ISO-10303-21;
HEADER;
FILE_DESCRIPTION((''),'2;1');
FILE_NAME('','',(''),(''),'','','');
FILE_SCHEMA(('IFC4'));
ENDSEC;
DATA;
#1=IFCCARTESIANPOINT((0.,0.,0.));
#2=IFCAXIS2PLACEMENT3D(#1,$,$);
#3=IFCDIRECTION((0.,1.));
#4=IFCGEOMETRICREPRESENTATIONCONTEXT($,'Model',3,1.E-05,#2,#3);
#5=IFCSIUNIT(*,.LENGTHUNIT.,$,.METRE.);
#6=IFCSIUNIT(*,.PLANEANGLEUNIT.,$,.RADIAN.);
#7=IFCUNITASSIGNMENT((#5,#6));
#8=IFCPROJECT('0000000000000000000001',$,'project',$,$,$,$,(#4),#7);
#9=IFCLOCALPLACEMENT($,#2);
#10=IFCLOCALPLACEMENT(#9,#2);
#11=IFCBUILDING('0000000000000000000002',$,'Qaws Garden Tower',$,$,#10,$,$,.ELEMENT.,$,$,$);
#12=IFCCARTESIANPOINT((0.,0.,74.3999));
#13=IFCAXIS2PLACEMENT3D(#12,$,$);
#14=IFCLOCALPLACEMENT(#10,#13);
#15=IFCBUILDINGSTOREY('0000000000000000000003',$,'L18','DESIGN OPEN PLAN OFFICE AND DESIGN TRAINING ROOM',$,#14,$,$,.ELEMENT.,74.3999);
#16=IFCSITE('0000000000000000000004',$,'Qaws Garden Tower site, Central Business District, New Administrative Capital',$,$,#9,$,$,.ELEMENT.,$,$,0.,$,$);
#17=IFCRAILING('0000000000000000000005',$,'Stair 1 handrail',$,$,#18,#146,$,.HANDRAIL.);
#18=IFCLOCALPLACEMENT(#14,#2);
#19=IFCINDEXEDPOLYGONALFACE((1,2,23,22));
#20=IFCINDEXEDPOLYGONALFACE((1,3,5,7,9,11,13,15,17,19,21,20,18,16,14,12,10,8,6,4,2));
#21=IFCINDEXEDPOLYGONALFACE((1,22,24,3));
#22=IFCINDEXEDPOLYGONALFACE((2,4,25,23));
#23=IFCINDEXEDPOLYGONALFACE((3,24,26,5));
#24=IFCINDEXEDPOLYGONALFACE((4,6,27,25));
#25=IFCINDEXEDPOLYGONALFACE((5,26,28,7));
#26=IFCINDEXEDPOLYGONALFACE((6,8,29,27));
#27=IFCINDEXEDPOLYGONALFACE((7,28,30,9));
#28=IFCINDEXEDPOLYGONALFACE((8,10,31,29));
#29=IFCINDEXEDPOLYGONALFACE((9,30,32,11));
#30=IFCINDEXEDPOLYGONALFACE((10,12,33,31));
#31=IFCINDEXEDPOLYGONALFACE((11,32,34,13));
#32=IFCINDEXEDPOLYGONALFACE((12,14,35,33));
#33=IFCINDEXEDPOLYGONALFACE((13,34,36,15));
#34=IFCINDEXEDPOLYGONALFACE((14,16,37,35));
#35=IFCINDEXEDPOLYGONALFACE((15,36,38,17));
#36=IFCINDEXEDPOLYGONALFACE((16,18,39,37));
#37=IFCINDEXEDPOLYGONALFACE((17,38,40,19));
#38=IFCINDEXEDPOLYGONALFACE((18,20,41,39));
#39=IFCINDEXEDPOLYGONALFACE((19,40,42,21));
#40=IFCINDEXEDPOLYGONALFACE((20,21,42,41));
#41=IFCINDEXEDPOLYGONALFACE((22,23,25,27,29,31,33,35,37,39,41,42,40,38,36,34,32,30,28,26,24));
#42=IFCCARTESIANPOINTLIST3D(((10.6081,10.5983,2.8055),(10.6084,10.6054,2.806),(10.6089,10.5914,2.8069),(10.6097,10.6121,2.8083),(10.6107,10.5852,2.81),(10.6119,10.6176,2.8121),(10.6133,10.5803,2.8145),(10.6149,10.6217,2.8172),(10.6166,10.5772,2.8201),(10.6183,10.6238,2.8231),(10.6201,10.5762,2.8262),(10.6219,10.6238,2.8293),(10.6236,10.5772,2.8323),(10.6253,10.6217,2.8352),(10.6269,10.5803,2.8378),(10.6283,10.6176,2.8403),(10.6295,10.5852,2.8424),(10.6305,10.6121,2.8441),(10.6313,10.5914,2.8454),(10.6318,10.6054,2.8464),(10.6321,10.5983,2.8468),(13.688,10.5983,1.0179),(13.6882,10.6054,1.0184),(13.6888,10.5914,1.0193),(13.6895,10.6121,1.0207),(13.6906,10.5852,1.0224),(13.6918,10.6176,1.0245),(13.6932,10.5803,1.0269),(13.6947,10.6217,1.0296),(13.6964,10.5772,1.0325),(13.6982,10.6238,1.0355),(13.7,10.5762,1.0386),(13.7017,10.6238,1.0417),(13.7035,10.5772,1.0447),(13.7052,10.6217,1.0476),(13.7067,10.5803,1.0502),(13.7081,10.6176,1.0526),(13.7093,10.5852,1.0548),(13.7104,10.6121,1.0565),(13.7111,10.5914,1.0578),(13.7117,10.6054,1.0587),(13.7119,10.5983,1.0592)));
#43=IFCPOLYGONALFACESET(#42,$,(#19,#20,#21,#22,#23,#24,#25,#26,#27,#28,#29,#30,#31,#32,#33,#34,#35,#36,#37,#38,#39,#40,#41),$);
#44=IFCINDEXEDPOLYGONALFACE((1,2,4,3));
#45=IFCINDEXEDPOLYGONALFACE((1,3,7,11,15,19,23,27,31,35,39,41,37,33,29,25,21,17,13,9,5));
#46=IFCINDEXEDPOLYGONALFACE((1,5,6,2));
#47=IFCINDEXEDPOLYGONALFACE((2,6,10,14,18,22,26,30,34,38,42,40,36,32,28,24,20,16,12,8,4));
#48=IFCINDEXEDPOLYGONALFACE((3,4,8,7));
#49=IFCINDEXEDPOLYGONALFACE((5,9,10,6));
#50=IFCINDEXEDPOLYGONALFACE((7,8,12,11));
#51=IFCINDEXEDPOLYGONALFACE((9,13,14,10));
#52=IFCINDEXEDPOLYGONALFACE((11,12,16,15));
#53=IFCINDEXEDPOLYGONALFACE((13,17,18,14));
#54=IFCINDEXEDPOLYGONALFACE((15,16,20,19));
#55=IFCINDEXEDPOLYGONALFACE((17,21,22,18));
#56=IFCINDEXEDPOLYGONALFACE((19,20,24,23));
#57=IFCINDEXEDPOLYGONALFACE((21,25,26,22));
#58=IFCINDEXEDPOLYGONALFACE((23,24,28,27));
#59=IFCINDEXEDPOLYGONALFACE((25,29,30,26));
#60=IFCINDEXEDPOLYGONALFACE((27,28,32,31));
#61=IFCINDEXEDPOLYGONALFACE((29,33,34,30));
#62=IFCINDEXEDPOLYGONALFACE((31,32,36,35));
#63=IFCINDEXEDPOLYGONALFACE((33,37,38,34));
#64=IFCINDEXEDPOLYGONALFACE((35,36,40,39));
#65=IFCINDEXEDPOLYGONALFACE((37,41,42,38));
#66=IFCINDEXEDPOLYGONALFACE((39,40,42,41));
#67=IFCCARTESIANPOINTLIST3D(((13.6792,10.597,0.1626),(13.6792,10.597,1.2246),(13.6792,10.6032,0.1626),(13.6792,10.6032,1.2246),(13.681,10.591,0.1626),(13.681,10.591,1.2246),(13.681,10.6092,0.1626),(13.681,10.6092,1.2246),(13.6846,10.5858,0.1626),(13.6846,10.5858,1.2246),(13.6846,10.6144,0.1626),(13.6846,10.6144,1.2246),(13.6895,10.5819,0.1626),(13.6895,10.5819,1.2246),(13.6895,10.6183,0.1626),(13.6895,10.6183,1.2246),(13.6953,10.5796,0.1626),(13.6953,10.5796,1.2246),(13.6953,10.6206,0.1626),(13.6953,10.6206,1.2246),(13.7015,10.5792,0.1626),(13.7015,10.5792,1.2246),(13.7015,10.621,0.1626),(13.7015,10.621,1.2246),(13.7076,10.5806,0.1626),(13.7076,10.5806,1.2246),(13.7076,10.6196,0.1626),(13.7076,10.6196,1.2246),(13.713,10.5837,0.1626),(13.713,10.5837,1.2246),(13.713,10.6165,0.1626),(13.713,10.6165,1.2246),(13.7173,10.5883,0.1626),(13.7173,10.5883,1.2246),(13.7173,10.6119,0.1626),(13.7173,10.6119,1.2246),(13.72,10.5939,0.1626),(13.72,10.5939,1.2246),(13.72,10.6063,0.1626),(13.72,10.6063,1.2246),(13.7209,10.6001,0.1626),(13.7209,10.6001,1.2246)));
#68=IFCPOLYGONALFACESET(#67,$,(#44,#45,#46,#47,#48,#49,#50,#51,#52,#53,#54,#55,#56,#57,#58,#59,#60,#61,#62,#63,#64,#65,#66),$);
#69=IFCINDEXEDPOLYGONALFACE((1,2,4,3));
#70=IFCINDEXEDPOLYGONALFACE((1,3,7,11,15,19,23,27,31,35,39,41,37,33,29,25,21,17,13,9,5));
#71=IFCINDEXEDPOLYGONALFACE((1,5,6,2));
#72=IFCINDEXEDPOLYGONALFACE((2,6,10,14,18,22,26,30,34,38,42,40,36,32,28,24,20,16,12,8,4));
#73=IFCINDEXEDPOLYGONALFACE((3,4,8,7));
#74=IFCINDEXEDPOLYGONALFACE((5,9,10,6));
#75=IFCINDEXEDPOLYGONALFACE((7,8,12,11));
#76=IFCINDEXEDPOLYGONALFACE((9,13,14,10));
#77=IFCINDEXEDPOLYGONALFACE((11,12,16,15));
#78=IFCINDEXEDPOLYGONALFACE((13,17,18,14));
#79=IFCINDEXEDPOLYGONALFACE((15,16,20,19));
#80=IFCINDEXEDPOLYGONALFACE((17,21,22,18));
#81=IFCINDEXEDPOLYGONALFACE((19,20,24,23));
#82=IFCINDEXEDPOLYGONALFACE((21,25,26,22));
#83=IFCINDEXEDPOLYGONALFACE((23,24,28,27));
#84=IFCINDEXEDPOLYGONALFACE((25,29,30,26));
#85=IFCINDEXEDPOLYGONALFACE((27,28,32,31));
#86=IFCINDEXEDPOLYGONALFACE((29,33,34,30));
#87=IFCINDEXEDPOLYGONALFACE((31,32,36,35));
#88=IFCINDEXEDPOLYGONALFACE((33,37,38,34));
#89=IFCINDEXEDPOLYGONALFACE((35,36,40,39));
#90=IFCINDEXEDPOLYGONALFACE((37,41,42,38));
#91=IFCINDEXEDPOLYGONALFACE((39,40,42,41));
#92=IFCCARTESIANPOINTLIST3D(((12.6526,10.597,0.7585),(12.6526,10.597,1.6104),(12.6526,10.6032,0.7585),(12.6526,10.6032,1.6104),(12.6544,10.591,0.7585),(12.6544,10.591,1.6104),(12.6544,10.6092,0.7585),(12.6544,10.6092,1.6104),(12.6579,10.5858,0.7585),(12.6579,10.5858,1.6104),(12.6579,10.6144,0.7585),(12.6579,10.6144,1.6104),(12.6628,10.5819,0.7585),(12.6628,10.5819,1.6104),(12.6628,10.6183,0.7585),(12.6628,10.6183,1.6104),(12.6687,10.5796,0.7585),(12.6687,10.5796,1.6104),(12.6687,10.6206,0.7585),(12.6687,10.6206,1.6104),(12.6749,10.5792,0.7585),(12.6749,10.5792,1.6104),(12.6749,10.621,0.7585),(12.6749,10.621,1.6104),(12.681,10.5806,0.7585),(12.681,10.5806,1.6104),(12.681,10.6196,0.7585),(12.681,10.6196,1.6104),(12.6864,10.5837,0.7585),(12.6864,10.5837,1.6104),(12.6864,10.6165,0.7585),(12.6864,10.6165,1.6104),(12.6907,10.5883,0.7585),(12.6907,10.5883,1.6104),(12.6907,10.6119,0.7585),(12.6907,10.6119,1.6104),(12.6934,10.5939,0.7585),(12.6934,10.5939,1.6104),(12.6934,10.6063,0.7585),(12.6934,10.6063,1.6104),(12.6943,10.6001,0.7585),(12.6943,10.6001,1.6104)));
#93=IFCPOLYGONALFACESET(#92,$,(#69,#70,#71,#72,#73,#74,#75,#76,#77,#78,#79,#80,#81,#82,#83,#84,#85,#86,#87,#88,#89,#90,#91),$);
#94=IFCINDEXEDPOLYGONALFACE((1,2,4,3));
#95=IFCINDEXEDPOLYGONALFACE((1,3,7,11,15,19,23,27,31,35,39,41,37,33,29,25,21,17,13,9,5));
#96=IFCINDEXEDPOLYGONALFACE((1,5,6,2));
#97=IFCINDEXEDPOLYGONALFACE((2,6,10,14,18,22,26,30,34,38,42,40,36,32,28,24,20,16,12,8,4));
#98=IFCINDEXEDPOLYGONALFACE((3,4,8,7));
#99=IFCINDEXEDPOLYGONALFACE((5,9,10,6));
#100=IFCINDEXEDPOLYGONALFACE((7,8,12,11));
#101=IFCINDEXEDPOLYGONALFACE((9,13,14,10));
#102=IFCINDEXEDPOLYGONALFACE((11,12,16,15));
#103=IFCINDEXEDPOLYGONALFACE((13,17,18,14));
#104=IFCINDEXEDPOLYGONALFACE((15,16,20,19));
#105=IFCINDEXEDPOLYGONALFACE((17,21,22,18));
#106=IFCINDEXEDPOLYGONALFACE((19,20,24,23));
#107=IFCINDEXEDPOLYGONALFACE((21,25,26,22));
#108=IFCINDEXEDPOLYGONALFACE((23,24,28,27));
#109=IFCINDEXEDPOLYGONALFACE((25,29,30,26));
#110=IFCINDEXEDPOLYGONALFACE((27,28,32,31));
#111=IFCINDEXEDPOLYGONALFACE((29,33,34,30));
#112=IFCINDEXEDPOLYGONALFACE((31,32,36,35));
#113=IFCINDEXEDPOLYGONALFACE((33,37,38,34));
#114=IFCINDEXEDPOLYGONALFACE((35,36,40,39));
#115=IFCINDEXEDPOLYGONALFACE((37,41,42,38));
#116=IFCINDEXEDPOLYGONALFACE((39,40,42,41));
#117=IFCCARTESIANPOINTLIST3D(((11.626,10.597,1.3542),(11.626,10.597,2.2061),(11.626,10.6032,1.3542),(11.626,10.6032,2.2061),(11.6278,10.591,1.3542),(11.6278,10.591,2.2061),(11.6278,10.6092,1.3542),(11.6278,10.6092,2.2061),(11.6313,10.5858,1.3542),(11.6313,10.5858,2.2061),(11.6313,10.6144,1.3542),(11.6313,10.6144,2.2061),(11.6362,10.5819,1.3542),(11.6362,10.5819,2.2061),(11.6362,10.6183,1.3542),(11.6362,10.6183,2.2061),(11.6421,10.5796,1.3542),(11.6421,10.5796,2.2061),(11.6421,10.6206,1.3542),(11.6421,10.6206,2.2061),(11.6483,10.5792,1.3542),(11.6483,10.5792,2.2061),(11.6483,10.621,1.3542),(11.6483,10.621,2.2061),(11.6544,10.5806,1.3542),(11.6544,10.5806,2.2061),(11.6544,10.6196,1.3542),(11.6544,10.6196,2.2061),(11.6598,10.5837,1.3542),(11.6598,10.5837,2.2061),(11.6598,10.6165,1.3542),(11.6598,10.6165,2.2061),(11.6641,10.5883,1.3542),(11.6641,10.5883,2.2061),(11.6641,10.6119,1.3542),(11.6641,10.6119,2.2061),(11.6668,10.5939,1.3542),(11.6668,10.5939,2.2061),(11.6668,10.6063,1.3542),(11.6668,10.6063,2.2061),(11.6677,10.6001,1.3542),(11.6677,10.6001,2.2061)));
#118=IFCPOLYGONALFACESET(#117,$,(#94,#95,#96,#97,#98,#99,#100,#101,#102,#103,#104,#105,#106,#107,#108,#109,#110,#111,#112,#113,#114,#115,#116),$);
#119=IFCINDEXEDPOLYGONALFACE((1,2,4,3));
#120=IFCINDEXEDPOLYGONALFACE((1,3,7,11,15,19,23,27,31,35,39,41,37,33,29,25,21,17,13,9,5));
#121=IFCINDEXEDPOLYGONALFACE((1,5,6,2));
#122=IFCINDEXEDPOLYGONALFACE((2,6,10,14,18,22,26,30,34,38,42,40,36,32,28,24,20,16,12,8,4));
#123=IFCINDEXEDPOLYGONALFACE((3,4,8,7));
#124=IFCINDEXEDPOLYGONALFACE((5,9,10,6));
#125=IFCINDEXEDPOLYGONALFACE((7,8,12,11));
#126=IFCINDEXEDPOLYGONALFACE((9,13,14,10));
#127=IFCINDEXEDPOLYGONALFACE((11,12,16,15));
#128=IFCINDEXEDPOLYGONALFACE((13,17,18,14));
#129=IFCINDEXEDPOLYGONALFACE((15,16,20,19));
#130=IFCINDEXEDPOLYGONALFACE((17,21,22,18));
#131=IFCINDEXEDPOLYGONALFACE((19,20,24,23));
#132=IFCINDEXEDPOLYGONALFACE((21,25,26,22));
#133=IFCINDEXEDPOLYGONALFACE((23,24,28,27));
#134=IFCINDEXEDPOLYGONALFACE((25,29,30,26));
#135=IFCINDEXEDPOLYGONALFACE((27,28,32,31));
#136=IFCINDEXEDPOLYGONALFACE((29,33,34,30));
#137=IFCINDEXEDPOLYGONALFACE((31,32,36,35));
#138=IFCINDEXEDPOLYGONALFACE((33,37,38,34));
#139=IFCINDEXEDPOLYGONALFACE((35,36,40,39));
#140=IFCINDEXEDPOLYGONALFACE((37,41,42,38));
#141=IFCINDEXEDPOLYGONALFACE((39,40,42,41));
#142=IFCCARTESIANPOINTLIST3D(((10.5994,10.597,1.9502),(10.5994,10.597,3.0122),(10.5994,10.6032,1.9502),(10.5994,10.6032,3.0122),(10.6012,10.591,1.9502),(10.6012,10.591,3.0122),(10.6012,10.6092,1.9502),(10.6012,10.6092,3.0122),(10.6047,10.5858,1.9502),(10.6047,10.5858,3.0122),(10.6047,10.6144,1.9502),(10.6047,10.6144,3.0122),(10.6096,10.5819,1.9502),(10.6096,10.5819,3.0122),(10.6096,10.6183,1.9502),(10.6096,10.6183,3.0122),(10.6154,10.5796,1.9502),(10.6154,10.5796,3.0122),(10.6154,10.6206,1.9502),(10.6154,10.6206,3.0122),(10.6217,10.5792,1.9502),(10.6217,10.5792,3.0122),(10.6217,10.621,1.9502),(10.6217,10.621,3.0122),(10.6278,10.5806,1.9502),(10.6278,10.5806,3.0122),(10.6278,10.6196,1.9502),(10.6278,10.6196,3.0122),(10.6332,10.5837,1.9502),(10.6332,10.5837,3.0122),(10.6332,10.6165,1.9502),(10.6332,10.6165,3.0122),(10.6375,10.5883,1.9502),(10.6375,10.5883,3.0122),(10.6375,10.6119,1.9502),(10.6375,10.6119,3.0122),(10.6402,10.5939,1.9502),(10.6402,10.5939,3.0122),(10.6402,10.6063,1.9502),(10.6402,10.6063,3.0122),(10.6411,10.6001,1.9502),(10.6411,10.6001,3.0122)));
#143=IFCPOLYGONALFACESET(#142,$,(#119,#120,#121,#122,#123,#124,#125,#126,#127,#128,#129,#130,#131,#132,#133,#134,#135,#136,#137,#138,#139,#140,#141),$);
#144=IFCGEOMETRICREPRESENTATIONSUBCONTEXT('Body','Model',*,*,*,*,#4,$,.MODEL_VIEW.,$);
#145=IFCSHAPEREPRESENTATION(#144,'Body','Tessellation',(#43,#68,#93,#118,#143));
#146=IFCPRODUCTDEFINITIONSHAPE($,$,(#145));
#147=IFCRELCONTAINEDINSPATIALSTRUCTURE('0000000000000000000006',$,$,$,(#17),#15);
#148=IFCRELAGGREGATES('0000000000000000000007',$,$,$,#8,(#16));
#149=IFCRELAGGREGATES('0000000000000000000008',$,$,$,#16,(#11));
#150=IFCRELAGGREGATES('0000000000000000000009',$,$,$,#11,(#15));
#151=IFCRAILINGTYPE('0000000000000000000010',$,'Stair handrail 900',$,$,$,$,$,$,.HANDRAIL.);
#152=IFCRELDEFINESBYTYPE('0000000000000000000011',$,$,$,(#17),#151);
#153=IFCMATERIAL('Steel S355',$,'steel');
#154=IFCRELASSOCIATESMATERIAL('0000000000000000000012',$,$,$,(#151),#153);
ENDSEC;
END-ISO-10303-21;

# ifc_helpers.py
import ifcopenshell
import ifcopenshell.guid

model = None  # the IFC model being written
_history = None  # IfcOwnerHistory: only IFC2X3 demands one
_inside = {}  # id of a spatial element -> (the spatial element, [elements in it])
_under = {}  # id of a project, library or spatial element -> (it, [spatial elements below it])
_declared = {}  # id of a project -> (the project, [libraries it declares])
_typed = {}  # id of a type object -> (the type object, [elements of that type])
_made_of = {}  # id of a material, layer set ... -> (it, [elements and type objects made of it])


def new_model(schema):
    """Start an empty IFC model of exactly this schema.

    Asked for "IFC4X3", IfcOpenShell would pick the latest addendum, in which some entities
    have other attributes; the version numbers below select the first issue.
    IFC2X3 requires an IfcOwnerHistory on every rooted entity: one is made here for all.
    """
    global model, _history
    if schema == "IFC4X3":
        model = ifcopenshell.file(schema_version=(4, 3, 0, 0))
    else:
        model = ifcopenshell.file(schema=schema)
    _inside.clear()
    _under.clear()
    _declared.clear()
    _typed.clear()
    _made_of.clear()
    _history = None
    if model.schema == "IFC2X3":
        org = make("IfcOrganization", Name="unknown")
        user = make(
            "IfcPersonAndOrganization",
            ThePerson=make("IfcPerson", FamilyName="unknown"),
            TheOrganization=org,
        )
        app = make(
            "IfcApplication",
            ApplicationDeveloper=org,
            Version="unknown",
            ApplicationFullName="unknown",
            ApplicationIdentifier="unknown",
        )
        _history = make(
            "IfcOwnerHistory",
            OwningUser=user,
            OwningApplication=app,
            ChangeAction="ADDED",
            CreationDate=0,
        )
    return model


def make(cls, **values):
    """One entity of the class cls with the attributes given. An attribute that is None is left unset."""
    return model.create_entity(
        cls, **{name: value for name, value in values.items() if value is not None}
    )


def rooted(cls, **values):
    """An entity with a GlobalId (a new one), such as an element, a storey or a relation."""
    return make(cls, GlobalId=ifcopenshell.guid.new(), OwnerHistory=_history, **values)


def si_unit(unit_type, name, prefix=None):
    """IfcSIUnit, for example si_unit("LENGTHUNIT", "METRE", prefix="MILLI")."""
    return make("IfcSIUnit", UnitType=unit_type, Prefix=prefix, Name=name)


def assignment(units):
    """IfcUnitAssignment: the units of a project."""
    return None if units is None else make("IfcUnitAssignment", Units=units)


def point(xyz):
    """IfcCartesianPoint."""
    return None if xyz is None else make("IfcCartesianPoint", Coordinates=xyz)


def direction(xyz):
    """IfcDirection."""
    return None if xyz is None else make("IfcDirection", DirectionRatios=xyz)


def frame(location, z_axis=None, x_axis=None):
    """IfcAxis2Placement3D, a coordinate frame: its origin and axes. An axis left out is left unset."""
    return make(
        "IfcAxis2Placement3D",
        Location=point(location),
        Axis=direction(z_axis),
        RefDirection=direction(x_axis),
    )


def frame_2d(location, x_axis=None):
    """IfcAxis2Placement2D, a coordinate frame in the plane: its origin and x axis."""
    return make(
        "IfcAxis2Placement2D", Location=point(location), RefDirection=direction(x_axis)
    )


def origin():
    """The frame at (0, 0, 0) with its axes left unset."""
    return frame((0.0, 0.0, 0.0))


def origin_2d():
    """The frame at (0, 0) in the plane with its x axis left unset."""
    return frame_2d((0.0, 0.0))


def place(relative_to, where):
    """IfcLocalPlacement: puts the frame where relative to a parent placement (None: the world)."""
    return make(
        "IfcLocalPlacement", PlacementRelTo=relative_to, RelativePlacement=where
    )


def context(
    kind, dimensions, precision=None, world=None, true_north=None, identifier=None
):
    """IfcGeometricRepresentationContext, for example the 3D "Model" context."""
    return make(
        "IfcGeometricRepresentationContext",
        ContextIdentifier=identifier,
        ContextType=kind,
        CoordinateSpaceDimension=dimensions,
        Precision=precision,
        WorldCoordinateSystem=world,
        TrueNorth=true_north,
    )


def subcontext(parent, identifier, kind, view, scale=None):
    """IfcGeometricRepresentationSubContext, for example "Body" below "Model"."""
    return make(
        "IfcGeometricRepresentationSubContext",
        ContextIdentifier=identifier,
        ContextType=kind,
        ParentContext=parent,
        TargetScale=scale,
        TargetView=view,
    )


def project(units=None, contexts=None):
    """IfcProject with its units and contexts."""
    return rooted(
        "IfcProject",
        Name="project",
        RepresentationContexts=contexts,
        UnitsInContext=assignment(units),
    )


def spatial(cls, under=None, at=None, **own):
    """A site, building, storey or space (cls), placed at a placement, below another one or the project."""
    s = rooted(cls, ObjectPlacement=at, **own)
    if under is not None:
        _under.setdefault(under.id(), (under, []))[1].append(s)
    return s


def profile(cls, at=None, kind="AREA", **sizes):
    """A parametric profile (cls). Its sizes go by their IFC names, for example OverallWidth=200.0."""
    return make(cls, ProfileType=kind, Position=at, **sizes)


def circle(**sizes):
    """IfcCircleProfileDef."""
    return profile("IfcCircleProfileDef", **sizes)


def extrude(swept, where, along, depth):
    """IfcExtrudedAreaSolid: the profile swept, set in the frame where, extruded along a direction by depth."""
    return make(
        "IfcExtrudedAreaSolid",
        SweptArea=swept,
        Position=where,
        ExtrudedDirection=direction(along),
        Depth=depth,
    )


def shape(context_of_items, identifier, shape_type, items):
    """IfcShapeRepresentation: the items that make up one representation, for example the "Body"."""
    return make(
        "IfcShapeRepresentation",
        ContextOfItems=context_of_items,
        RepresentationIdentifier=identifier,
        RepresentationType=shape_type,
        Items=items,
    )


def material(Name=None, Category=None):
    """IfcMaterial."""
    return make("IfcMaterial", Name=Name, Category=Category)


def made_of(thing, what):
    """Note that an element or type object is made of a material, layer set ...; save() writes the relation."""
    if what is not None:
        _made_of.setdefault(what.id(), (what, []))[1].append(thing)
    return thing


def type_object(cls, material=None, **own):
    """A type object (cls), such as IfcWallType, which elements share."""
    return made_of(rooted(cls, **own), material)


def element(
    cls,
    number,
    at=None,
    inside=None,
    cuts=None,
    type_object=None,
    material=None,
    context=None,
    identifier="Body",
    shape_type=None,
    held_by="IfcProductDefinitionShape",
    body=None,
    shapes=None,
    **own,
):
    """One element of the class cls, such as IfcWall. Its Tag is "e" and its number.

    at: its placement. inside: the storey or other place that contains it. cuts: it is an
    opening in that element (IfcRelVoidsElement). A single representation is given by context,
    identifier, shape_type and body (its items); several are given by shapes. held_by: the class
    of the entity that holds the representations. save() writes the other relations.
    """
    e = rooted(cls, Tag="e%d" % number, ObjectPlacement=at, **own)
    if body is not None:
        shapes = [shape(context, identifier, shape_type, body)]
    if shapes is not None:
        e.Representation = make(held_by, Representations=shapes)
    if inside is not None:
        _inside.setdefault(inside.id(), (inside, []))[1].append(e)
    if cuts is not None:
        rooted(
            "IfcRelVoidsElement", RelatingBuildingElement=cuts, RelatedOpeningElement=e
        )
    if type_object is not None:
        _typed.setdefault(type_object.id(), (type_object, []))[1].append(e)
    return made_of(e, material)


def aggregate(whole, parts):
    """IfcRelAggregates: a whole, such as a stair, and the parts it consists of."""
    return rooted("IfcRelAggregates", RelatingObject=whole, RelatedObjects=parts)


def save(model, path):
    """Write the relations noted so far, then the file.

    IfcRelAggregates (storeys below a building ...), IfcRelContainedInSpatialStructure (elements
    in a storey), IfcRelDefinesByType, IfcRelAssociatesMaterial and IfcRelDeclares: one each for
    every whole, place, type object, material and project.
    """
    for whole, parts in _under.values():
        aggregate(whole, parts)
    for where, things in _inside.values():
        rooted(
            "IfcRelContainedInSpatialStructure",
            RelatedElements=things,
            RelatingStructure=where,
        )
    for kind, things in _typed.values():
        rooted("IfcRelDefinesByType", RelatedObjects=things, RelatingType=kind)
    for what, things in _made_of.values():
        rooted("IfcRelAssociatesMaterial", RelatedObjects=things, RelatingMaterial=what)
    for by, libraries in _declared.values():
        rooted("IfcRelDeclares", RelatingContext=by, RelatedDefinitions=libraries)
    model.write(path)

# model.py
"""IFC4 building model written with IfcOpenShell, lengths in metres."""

from ifc_helpers import new_model, si_unit, direction, frame, origin, origin_2d, place, context, subcontext, project, spatial, circle, extrude, material, type_object, element, save


model = new_model("IFC4")

# Units and contexts
model_context = context("Model", 3, precision=1e-05, world=origin(), true_north=direction((0.0, 1.0)))
body_context = subcontext(model_context, "Body", "Model", "MODEL_VIEW")
ifc_project = project(units=[si_unit("LENGTHUNIT", "METRE"), si_unit("PLANEANGLEUNIT", "RADIAN")], contexts=[model_context])

# Site, building, storey
site_placement = place(None, origin())
site = spatial("IfcSite", under=ifc_project, at=site_placement, Name="Qaws Garden Tower site, Central Business District, New Administrative Capital", CompositionType="ELEMENT", RefElevation=0.0)
building_placement = place(site_placement, origin())
building = spatial("IfcBuilding", under=site, at=building_placement, Name="Qaws Garden Tower", CompositionType="ELEMENT")
storey_placement = place(building_placement, frame((0.0, 0.0, 74.3999)))
storey = spatial("IfcBuildingStorey", under=building, at=storey_placement, Name="L18", Description="DESIGN OPEN PLAN OFFICE AND DESIGN TRAINING ROOM", CompositionType="ELEMENT", Elevation=74.3999)

# Railing
ifc_material_1 = material(Name="Steel S355", Category="steel")
railing_type = type_object("IfcRailingType", Name="Stair handrail 900", PredefinedType="HANDRAIL", material=ifc_material_1)
railing_1_placement = place(storey_placement, frame((13.7, 10.6001, 0.1626)))
element("IfcRailing", 1, at=railing_1_placement, inside=storey, type_object=railing_type, Name="Stair 1 handrail", PredefinedType="HANDRAIL", context=body_context, shape_type="SweptSolid", body=[
    extrude(circle(Radius=0.0239, at=origin_2d()), frame((0.0, 0.0, 0.876), z_axis=(-0.864873, 0.0, 0.50199), x_axis=(0.0, -1.0, 0.0)), (0.0, 0.0, 1.0), 3.561),
    extrude(circle(Radius=0.021, at=origin_2d()), origin(), (0.0, 0.0, 1.0), 1.062),
    extrude(circle(Radius=0.021, at=origin_2d()), frame((-1.0266, 0.0, 0.5959)), (0.0, 0.0, 1.0), 0.8518),
    extrude(circle(Radius=0.021, at=origin_2d()), frame((-2.0532, 0.0, 1.1917)), (0.0, 0.0, 1.0), 0.8518),
    extrude(circle(Radius=0.021, at=origin_2d()), frame((-3.0798, 0.0, 1.7876)), (0.0, 0.0, 1.0), 1.062),
])

save(model, "model.ifc")
